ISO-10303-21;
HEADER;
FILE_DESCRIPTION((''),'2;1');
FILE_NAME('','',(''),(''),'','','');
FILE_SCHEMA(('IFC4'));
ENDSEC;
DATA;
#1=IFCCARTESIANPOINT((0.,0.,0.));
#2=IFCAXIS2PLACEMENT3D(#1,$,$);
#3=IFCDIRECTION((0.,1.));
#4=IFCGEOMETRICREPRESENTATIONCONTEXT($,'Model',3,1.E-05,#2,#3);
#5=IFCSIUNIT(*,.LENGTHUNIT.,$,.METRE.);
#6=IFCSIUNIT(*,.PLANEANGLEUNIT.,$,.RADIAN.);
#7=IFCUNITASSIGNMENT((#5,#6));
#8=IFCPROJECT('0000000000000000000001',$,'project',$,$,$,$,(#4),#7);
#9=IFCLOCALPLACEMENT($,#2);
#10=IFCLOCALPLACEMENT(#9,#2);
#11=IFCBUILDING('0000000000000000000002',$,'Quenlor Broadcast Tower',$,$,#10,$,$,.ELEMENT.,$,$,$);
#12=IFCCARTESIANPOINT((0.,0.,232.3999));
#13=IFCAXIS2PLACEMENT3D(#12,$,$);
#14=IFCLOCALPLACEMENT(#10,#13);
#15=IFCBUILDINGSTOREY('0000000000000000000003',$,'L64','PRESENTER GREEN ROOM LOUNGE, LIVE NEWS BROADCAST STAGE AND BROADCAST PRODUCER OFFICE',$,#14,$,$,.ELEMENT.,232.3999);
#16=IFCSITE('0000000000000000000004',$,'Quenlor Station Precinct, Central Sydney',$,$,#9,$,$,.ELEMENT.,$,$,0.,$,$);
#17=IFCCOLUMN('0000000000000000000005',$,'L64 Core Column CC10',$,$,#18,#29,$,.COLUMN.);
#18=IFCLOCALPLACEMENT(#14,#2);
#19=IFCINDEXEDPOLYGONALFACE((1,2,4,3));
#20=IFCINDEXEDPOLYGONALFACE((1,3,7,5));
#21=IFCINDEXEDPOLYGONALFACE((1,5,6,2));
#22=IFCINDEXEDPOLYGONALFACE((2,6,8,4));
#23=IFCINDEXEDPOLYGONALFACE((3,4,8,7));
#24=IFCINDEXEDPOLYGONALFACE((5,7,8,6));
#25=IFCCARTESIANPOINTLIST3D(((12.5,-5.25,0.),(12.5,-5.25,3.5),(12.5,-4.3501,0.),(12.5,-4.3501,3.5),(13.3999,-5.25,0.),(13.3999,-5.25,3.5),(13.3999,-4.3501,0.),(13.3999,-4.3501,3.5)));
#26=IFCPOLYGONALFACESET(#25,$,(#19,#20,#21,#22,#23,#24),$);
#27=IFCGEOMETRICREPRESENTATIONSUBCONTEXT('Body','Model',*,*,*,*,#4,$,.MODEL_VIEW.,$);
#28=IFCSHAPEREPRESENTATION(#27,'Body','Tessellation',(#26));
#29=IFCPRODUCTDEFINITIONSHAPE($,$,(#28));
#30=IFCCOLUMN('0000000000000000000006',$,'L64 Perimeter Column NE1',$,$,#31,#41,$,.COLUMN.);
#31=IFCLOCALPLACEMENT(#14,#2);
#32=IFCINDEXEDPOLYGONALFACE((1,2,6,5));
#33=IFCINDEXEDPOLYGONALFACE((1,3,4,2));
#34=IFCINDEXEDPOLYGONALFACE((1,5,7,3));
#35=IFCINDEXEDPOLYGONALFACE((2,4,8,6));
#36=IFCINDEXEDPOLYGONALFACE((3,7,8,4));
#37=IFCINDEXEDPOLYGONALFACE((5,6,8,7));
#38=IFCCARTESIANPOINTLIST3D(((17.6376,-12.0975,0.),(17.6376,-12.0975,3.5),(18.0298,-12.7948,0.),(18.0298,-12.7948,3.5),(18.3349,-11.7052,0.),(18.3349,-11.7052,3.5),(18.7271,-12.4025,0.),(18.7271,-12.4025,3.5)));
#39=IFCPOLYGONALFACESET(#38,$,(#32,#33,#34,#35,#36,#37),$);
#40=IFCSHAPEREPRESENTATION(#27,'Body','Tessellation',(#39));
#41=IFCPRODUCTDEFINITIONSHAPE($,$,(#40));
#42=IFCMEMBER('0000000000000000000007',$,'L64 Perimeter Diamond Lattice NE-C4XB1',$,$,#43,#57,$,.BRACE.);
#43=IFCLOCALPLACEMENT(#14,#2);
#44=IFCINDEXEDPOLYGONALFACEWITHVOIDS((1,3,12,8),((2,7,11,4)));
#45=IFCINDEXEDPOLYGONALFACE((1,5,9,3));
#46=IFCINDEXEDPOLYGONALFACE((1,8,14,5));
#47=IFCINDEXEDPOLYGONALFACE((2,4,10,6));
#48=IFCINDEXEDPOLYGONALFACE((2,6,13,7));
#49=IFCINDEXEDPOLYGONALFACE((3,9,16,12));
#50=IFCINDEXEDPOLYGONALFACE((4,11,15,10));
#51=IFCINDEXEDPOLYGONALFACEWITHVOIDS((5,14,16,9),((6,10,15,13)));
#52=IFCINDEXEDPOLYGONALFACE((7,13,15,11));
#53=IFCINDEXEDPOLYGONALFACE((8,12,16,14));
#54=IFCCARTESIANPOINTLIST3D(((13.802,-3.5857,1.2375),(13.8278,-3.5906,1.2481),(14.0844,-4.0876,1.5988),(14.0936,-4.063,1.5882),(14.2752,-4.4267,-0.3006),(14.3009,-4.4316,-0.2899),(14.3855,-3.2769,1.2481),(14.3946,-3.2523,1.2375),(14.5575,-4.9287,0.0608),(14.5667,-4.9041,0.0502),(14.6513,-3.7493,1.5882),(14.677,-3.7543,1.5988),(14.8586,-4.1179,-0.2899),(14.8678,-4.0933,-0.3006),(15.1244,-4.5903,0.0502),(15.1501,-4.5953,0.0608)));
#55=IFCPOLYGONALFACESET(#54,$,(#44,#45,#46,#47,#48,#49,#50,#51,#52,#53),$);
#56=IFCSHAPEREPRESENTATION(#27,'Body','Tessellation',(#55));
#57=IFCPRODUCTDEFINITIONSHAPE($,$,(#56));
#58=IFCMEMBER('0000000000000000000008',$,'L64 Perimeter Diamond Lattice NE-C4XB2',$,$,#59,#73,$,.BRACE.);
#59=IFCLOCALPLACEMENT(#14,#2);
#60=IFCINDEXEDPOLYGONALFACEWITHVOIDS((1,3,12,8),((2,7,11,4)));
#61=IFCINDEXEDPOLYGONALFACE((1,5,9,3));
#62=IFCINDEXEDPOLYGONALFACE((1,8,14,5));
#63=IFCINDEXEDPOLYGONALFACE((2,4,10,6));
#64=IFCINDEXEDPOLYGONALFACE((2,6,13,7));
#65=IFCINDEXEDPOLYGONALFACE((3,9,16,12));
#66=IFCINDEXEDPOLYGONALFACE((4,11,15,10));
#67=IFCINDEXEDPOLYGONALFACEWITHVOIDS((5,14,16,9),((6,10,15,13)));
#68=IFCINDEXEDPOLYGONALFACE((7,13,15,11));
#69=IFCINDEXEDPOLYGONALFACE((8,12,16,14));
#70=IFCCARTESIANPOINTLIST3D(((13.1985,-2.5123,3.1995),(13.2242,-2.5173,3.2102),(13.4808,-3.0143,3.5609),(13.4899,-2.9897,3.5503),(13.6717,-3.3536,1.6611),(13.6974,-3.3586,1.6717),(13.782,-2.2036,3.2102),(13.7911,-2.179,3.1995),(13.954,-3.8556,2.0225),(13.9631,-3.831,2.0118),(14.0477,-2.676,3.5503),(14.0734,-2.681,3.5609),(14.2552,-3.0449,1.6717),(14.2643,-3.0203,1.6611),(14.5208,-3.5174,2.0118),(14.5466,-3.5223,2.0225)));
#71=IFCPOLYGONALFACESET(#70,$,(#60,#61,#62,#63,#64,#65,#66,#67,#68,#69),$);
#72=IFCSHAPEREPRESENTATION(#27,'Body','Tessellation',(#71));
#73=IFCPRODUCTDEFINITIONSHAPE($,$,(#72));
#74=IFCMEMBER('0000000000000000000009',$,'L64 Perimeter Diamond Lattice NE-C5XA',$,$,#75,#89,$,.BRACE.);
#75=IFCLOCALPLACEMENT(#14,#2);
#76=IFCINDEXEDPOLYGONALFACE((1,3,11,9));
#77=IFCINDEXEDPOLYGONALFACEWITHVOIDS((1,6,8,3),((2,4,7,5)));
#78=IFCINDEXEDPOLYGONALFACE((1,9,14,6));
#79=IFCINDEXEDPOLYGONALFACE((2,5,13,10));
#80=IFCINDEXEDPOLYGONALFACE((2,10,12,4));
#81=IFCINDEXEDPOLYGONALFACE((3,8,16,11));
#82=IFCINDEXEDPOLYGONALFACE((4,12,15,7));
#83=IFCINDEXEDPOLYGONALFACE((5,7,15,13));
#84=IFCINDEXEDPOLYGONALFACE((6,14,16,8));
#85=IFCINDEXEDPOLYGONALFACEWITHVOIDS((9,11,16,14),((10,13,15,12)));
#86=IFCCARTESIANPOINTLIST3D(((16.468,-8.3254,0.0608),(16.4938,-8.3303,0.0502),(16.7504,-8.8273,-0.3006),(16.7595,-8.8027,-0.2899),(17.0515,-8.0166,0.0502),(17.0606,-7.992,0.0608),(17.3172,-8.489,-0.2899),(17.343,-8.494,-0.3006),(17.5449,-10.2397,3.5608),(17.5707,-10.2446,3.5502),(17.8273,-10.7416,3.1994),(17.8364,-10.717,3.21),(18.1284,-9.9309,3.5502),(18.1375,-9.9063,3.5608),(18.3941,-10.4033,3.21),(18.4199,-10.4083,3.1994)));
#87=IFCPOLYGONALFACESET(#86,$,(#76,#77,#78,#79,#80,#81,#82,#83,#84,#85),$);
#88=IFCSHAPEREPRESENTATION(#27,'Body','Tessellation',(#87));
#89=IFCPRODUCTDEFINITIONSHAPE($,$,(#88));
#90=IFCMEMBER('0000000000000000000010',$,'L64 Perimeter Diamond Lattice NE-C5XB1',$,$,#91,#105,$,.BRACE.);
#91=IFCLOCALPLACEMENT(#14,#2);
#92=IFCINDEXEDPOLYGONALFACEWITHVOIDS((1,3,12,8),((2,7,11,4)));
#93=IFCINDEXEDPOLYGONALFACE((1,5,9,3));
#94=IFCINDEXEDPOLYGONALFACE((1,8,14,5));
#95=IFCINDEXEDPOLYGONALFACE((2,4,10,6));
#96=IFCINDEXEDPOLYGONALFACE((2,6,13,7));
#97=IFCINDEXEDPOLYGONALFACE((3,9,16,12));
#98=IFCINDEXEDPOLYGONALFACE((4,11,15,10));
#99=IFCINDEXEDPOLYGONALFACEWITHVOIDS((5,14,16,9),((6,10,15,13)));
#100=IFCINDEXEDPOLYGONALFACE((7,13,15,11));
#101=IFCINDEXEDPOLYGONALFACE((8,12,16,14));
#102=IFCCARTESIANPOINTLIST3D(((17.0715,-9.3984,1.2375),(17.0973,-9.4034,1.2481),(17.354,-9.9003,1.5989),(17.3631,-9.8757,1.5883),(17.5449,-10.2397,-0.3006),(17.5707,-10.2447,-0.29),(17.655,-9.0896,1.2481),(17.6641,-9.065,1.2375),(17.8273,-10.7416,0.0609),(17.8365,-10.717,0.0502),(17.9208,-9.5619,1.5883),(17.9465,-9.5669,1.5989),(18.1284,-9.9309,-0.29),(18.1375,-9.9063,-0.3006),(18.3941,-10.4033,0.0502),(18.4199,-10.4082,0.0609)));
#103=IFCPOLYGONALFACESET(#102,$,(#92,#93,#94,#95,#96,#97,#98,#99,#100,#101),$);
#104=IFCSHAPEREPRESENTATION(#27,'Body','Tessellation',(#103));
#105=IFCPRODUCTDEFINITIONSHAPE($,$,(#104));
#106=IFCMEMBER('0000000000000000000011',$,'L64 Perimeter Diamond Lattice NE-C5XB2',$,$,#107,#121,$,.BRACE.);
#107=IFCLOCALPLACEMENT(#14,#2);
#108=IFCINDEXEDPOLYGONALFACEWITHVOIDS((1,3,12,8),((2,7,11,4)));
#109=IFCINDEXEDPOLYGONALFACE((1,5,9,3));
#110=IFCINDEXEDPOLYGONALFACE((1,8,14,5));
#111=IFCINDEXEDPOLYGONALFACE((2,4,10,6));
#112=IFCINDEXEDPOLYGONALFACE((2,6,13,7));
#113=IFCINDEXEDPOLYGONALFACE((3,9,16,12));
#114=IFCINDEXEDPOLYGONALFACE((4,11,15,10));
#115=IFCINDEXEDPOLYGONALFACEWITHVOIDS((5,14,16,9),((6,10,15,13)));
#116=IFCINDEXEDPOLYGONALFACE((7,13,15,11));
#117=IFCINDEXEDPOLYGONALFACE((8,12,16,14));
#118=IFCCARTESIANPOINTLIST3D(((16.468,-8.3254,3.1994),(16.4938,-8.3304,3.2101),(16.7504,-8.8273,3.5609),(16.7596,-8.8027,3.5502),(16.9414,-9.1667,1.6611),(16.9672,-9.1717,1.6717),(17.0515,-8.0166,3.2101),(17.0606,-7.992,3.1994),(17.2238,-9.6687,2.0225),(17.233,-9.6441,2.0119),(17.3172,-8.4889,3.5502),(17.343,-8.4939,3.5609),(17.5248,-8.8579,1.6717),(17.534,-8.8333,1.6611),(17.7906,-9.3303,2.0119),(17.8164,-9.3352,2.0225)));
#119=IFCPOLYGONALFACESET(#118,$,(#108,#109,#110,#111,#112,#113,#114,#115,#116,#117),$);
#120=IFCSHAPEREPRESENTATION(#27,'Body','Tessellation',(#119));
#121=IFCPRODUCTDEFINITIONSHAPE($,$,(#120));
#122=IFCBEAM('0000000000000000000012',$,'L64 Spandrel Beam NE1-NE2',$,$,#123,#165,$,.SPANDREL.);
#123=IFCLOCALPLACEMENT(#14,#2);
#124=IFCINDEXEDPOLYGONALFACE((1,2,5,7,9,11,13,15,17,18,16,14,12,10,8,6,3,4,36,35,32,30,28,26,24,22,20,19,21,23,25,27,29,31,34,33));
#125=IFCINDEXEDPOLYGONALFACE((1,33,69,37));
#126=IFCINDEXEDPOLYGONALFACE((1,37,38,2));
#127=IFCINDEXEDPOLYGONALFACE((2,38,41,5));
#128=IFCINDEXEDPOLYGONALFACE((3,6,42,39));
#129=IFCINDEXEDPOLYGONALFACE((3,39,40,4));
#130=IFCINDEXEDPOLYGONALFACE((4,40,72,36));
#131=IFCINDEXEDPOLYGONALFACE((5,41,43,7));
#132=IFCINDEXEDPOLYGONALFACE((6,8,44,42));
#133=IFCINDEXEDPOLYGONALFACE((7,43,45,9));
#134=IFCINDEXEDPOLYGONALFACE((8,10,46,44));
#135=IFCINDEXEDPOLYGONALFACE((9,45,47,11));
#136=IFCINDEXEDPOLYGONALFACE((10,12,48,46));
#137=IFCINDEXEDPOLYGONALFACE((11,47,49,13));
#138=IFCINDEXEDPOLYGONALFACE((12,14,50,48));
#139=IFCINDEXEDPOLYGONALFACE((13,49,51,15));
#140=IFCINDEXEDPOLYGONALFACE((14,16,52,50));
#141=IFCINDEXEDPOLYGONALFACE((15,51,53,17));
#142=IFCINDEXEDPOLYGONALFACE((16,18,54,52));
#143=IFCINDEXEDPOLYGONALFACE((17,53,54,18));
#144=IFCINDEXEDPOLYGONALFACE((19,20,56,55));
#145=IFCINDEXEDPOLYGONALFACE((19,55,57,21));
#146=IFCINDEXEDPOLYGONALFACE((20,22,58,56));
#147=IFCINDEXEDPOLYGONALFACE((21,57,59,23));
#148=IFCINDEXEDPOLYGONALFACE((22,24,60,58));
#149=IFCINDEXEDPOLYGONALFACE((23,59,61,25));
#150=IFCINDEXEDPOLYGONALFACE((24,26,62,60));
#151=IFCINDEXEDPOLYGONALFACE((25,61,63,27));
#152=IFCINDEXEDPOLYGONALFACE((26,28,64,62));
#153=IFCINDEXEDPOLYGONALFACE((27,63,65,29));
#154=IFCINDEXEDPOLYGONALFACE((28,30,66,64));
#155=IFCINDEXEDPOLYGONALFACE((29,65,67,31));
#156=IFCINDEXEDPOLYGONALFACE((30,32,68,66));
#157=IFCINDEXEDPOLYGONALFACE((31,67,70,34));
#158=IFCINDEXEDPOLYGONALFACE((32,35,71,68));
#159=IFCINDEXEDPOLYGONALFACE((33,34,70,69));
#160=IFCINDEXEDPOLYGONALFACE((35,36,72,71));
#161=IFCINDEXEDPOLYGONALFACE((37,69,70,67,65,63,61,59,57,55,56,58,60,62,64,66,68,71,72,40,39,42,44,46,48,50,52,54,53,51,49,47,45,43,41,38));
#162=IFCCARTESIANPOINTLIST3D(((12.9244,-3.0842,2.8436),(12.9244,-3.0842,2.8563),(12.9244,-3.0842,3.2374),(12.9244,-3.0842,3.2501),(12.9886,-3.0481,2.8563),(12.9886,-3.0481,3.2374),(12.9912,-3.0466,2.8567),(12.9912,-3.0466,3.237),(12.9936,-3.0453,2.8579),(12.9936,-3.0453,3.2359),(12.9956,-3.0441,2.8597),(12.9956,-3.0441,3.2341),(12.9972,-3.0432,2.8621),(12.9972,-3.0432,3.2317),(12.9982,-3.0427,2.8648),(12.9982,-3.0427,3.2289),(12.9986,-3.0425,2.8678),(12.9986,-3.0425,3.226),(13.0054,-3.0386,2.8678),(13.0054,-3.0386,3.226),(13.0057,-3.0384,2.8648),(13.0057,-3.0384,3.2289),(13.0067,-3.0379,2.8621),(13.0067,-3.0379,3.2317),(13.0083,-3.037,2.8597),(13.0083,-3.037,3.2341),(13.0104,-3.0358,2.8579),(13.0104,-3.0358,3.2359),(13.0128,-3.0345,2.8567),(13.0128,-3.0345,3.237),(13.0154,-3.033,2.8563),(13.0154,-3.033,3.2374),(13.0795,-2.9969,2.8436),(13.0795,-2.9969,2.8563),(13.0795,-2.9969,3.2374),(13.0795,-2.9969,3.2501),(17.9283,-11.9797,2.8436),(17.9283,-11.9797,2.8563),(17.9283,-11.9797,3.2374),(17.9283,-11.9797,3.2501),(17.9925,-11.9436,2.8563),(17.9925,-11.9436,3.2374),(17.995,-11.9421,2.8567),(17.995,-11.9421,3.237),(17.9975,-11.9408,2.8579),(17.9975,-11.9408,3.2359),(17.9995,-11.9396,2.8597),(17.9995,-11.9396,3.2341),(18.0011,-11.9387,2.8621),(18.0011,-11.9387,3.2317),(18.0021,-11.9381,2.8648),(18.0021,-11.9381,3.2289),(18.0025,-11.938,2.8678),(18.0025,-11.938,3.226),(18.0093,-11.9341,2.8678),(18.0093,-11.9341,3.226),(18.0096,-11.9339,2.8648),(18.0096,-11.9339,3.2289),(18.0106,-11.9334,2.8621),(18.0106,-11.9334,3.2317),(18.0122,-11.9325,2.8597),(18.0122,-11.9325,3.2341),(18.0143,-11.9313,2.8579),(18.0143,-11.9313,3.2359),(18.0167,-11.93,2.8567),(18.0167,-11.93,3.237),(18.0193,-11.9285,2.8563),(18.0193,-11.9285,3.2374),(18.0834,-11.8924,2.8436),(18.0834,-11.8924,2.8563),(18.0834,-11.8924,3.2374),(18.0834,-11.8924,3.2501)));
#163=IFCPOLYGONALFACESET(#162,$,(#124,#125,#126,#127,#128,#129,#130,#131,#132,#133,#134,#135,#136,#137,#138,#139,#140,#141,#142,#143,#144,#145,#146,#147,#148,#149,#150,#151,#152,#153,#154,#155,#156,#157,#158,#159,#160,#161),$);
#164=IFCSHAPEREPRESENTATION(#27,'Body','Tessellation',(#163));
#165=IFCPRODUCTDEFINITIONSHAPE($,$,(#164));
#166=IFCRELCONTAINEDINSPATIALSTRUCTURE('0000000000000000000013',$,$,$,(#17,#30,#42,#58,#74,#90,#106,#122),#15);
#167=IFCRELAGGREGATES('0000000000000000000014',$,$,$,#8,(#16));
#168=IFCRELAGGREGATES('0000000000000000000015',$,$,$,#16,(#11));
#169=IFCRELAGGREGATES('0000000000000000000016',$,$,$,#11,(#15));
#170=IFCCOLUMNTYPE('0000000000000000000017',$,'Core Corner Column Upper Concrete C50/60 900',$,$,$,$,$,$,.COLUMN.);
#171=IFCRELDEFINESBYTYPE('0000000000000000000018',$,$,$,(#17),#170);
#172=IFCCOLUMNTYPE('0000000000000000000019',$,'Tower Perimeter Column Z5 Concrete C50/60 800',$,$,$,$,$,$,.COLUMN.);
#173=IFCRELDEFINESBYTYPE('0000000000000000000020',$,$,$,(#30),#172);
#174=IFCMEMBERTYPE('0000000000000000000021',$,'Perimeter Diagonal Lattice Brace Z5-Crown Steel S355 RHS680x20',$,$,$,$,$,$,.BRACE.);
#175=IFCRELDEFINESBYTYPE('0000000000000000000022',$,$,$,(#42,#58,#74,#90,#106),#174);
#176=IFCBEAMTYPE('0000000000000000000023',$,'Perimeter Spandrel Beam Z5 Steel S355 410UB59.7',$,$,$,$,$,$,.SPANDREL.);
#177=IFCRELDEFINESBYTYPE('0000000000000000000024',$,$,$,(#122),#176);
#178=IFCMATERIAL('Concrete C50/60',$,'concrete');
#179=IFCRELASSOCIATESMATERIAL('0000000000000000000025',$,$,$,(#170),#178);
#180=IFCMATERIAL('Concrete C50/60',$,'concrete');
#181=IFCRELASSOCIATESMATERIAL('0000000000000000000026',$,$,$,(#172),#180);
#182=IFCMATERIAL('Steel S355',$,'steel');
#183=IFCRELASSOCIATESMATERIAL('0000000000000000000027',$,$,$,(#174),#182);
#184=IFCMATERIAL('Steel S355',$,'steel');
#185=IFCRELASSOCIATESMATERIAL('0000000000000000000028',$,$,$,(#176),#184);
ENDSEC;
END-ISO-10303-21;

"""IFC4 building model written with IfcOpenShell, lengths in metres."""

from ifc_helpers import new_model, si_unit, direction, frame, origin, origin_2d, place, context, subcontext, project, spatial, rectangle, hollow_rectangle, i_section, extrude, material, material_profile, profile_set, type_object, element, save


model = new_model("IFC4")

# Units and contexts
model_context = context("Model", 3, precision=1e-05, world=origin(), true_north=direction((0.0, 1.0)))
body_context = subcontext(model_context, "Body", "Model", "MODEL_VIEW")
ifc_project = project(units=[si_unit("LENGTHUNIT", "METRE"), si_unit("PLANEANGLEUNIT", "RADIAN")], contexts=[model_context])

# Site, building, storey
site_placement = place(None, origin())
site = spatial("IfcSite", under=ifc_project, at=site_placement, Name="Quenlor Station Precinct, Central Sydney", CompositionType="ELEMENT", RefElevation=0.0)
building_placement = place(site_placement, origin())
building = spatial("IfcBuilding", under=site, at=building_placement, Name="Quenlor Broadcast Tower", CompositionType="ELEMENT")
storey_placement = place(building_placement, frame((0.0, 0.0, 232.3999)))
storey = spatial("IfcBuildingStorey", under=building, at=storey_placement, Name="L64", Description="PRESENTER GREEN ROOM LOUNGE, LIVE NEWS BROADCAST STAGE AND BROADCAST PRODUCER OFFICE", CompositionType="ELEMENT", Elevation=232.3999)

# Columns
ifc_material_1 = material(Name="Concrete C50/60", Category="concrete")
ifc_material_profile_1 = material_profile(ifc_material_1, rectangle(XDim=0.8999, YDim=0.8999, at=origin_2d()))
ifc_profile_set_1 = profile_set([ifc_material_profile_1], Name="Concrete C50/60 RC900x900")
column_type_1 = type_object("IfcColumnType", Name="Core Corner Column Upper Concrete C50/60 900", PredefinedType="COLUMN", material=ifc_profile_set_1)
column_1_placement = place(storey_placement, frame((12.95, -4.8, 0.0), z_axis=(0.0, 0.0, 1.0), x_axis=(1.0, 0.0, 0.0)))
element("IfcColumn", 1, at=column_1_placement, inside=storey, type_object=column_type_1, Name="L64 Core Column CC10", PredefinedType="COLUMN", context=body_context, shape_type="SweptSolid", body=[
    extrude(rectangle(XDim=0.8999, YDim=0.8999, at=origin_2d()), origin(), (0.0, 0.0, 1.0), 3.5),
])
ifc_material_2 = material(Name="Concrete C50/60", Category="concrete")
ifc_material_profile_2 = material_profile(ifc_material_2, rectangle(XDim=0.8, YDim=0.8, at=origin_2d()))
ifc_profile_set_2 = profile_set([ifc_material_profile_2], Name="Concrete C50/60 RC800x800")
column_type_2 = type_object("IfcColumnType", Name="Tower Perimeter Column Z5 Concrete C50/60 800", PredefinedType="COLUMN", material=ifc_profile_set_2)
column_2_placement = place(storey_placement, frame((18.1824, -12.25, 0.0), z_axis=(0.0, 0.0, 1.0), x_axis=(0.871575, 0.490262, 0.0)))
element("IfcColumn", 2, at=column_2_placement, inside=storey, type_object=column_type_2, Name="L64 Perimeter Column NE1", PredefinedType="COLUMN", context=body_context, shape_type="SweptSolid", body=[
    extrude(rectangle(XDim=0.8, YDim=0.8, at=origin_2d()), origin(), (0.0, 0.0, 1.0), 3.5),
])

# Members
ifc_material_3 = material(Name="Steel S355", Category="steel")
ifc_material_profile_3 = material_profile(ifc_material_3, hollow_rectangle(XDim=0.6799, YDim=0.6799, WallThickness=0.02, at=origin_2d()))
ifc_profile_set_3 = profile_set([ifc_material_profile_3], Name="Steel S355 RHS680x680x20")
member_type = type_object("IfcMemberType", Name="Perimeter Diagonal Lattice Brace Z5-Crown Steel S355 RHS680x20", PredefinedType="BRACE", material=ifc_profile_set_3)
member_1_placement = place(storey_placement, frame((14.7126, -4.511, -0.1199), z_axis=(-0.260577, 0.463204, 0.847078), x_axis=(-0.871555, -0.490297, 0.0)))
element("IfcMember", 3, at=member_1_placement, inside=storey, type_object=member_type, Name="L64 Perimeter Diamond Lattice NE-C4XB1", PredefinedType="BRACE", context=body_context, shape_type="SweptSolid", body=[
    extrude(hollow_rectangle(XDim=0.6799, YDim=0.6799, WallThickness=0.02, at=origin_2d()), origin(), (0.0, 0.0, 1.0), 1.8157),
])
member_2_placement = place(storey_placement, frame((14.1091, -3.438, 1.8418), z_axis=(-0.260532, 0.463257, 0.847063), x_axis=(-0.871616, -0.490189, 0.0)))
element("IfcMember", 4, at=member_2_placement, inside=storey, type_object=member_type, Name="L64 Perimeter Diamond Lattice NE-C4XB2", PredefinedType="BRACE", context=body_context, shape_type="SweptSolid", body=[
    extrude(hollow_rectangle(XDim=0.6799, YDim=0.6799, WallThickness=0.02, at=origin_2d()), origin(), (0.0, 0.0, 1.0), 1.8162),
])
member_3_placement = place(storey_placement, frame((16.9055, -8.4097, -0.1199), z_axis=(0.260619, -0.463276, 0.847026), x_axis=(0.871555, 0.490298, 0.0)))
element("IfcMember", 5, at=member_3_placement, inside=storey, type_object=member_type, Name="L64 Perimeter Diamond Lattice NE-C5XA", PredefinedType="BRACE", context=body_context, shape_type="SweptSolid", body=[
    extrude(hollow_rectangle(XDim=0.6799, YDim=0.6799, WallThickness=0.02, at=origin_2d()), origin(), (0.0, 0.0, 1.0), 4.1321),
])
member_4_placement = place(storey_placement, frame((17.9824, -10.324, -0.1199), z_axis=(-0.260686, 0.463293, 0.846996), x_axis=(-0.871508, -0.490381, 0.0)))
element("IfcMember", 6, at=member_4_placement, inside=storey, type_object=member_type, Name="L64 Perimeter Diamond Lattice NE-C5XB1", PredefinedType="BRACE", context=body_context, shape_type="SweptSolid", body=[
    extrude(hollow_rectangle(XDim=0.6799, YDim=0.6799, WallThickness=0.02, at=origin_2d()), origin(), (0.0, 0.0, 1.0), 1.8159),
])
member_5_placement = place(storey_placement, frame((17.3789, -9.251, 1.8418), z_axis=(-0.260657, 0.463241, 0.847034), x_axis=(-0.871508, -0.490381, 0.0)))
element("IfcMember", 7, at=member_5_placement, inside=storey, type_object=member_type, Name="L64 Perimeter Diamond Lattice NE-C5XB2", PredefinedType="BRACE", context=body_context, shape_type="SweptSolid", body=[
    extrude(hollow_rectangle(XDim=0.6799, YDim=0.6799, WallThickness=0.02, at=origin_2d()), origin(), (0.0, 0.0, 1.0), 1.8162),
])

# Beam
ifc_material_4 = material(Name="Steel S355", Category="steel")
ifc_material_profile_4 = material_profile(ifc_material_4, i_section(OverallWidth=0.178, OverallDepth=0.4065, WebThickness=0.0078, FlangeThickness=0.0127, FilletRadius=0.0115, at=origin_2d()))
ifc_profile_set_4 = profile_set([ifc_material_profile_4], Name="Steel S355 410UB59.7")
beam_type_1 = type_object("IfcBeamType", Name="Perimeter Spandrel Beam Z5 Steel S355 410UB59.7", PredefinedType="SPANDREL", material=ifc_profile_set_4)
beam_1_placement = place(storey_placement, frame((18.0059, -11.936, 3.0469), z_axis=(-0.490275, 0.871568, 0.0), x_axis=(-0.871568, -0.490275, 0.0)))
element("IfcBeam", 8, at=beam_1_placement, inside=storey, type_object=beam_type_1, Name="L64 Spandrel Beam NE1-NE2", PredefinedType="SPANDREL", context=body_context, shape_type="SweptSolid", body=[
    extrude(i_section(OverallWidth=0.178, OverallDepth=0.4065, WebThickness=0.0078, FlangeThickness=0.0127, FilletRadius=0.0115, at=origin_2d()), origin(), (0.0, 0.0, 1.0), 10.2063),
])

save(model, "model.ifc")
